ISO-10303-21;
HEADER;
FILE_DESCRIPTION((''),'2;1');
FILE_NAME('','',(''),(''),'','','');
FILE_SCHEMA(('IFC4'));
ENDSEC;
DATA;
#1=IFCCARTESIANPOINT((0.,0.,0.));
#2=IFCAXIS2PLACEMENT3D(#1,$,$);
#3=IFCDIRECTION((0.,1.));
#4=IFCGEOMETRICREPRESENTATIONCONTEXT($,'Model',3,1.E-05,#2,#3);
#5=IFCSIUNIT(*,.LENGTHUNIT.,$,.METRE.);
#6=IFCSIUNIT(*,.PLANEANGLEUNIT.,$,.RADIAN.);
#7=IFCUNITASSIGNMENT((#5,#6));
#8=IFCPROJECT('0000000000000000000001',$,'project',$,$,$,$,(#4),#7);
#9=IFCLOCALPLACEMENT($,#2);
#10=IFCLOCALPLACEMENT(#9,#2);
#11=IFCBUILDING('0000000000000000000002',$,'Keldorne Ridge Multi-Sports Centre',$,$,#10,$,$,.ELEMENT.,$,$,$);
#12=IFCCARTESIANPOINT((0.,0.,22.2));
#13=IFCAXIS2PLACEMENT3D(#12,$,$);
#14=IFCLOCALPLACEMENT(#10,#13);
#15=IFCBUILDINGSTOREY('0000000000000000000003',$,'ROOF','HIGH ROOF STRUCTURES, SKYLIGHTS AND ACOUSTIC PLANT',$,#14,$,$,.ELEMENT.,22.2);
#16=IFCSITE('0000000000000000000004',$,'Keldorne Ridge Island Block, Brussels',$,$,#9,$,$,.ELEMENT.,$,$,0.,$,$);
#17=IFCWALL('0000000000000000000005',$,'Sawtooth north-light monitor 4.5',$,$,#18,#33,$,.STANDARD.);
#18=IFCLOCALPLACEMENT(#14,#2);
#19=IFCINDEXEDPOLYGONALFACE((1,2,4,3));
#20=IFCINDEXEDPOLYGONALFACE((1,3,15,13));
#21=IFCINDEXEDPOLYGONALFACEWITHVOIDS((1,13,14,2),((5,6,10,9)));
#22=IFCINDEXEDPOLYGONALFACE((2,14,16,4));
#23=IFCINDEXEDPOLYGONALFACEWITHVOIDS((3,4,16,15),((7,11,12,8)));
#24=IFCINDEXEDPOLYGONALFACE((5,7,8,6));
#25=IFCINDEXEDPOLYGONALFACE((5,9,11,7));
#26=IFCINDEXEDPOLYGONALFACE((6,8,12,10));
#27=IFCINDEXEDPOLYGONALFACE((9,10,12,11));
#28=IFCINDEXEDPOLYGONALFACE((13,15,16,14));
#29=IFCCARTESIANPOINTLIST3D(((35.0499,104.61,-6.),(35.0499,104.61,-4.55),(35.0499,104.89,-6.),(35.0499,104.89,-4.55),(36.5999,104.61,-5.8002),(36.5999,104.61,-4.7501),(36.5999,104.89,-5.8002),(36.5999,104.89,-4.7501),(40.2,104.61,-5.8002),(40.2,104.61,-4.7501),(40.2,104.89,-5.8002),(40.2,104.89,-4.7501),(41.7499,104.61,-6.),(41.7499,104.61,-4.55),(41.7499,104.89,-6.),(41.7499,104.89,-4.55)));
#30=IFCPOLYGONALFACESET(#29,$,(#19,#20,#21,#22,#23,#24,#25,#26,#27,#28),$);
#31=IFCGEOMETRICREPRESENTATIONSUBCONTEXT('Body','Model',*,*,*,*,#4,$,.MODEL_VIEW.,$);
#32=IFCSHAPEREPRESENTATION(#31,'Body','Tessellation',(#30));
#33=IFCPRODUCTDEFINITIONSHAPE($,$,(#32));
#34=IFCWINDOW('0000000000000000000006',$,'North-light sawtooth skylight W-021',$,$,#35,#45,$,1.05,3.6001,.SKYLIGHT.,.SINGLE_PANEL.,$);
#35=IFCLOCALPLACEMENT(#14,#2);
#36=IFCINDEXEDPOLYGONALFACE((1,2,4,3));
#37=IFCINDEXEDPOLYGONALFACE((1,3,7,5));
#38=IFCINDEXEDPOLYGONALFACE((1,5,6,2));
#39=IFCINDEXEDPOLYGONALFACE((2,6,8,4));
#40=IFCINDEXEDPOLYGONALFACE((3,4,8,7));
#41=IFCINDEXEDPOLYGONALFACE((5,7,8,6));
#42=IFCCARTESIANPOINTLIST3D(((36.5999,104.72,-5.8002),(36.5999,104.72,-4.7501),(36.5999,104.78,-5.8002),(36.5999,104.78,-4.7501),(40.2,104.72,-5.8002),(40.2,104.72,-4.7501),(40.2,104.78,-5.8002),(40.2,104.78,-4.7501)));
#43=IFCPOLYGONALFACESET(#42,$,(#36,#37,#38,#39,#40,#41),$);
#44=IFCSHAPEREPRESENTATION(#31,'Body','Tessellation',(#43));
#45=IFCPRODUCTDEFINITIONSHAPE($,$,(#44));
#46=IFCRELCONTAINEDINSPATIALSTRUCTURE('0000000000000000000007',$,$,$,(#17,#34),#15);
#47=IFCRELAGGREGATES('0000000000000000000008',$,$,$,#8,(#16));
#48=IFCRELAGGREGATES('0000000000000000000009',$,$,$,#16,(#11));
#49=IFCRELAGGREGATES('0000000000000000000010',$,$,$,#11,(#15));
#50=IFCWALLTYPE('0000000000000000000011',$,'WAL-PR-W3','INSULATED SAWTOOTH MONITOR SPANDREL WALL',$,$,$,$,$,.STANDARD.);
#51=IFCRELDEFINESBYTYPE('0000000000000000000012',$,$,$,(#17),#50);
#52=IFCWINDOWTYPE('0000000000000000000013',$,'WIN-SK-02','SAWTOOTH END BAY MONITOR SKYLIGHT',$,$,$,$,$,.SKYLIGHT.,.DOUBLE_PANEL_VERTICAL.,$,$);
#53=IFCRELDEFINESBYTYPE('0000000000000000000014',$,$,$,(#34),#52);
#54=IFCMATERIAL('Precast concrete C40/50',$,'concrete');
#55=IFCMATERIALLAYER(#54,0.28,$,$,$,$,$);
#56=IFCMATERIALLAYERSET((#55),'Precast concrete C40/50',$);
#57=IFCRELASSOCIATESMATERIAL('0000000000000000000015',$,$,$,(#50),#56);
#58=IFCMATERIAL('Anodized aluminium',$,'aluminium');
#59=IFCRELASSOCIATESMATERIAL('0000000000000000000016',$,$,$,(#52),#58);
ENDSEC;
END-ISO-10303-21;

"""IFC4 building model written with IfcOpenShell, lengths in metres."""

from ifc_helpers import new_model, si_unit, direction, frame, frame_2d, origin, place, context, subcontext, project, spatial, rectangle, extrude, material, layer, layer_set, type_object, element, fill, save


model = new_model("IFC4")

# Units and contexts
model_context = context("Model", 3, precision=1e-05, world=origin(), true_north=direction((0.0, 1.0)))
body_context = subcontext(model_context, "Body", "Model", "MODEL_VIEW")
ifc_project = project(units=[si_unit("LENGTHUNIT", "METRE"), si_unit("PLANEANGLEUNIT", "RADIAN")], contexts=[model_context])

# Site, building, storey
site_placement = place(None, origin())
site = spatial("IfcSite", under=ifc_project, at=site_placement, Name="Keldorne Ridge Island Block, Brussels", CompositionType="ELEMENT", RefElevation=0.0)
building_placement = place(site_placement, origin())
building = spatial("IfcBuilding", under=site, at=building_placement, Name="Keldorne Ridge Multi-Sports Centre", CompositionType="ELEMENT")
storey_placement = place(building_placement, frame((0.0, 0.0, 22.2)))
storey = spatial("IfcBuildingStorey", under=building, at=storey_placement, Name="ROOF", Description="HIGH ROOF STRUCTURES, SKYLIGHTS AND ACOUSTIC PLANT", CompositionType="ELEMENT", Elevation=22.2)

# Wall, opening, window
ifc_material_1 = material(Name="Precast concrete C40/50", Category="concrete")
ifc_layer = layer(ifc_material_1, 0.28)
ifc_layer_set = layer_set([ifc_layer], Name="Precast concrete C40/50")
wall_type = type_object("IfcWallType", Name="WAL-PR-W3", Description="INSULATED SAWTOOTH MONITOR SPANDREL WALL", PredefinedType="STANDARD", material=ifc_layer_set)
ifc_material_2 = material(Name="Anodized aluminium", Category="aluminium")
window_type = type_object("IfcWindowType", Name="WIN-SK-02", Description="SAWTOOTH END BAY MONITOR SKYLIGHT", PartitioningType="DOUBLE_PANEL_VERTICAL", PredefinedType="SKYLIGHT", material=ifc_material_2)
wall_1_placement = place(storey_placement, frame((41.75, 104.75, -6.0), z_axis=(0.0, 0.0, 1.0), x_axis=(-1.0, 0.0, 0.0)))
wall_1 = element("IfcWall", 1, at=wall_1_placement, inside=storey, type_object=wall_type, Name="Sawtooth north-light monitor 4.5", PredefinedType="STANDARD", context=body_context, shape_type="SweptSolid", body=[
    extrude(rectangle(XDim=6.7, YDim=0.28, at=frame_2d((3.3501, 0.0))), origin(), (0.0, 0.0, 1.0), 1.45),
])
opening_1_placement = place(wall_1_placement, frame((1.55, 0.0, 0.2)))
opening_1 = element("IfcOpeningElement", 2, at=opening_1_placement, cuts=wall_1, PredefinedType="OPENING", context=body_context, shape_type="SweptSolid", body=[
    extrude(rectangle(XDim=3.6001, YDim=1.05, at=frame_2d((1.8, 0.5249))), frame((0.0, 0.1499, 0.0), z_axis=(0.0, -1.0, 0.0), x_axis=(1.0, 0.0, 0.0)), (0.0, 0.0, 1.0), 0.3),
])
window_1_placement = place(opening_1_placement, origin())
window_1 = element("IfcWindow", 3, at=window_1_placement, inside=storey, type_object=window_type, Name="North-light sawtooth skylight W-021", OverallHeight=1.05, OverallWidth=3.6001, PartitioningType="SINGLE_PANEL", PredefinedType="SKYLIGHT", context=body_context, shape_type="SweptSolid", body=[
    extrude(rectangle(XDim=3.6001, YDim=1.05, at=frame_2d((1.8, 0.5249))), frame((0.0, 0.03, 0.0), z_axis=(0.0, -1.0, 0.0), x_axis=(1.0, 0.0, 0.0)), (0.0, 0.0, 1.0), 0.0601),
])
fill(opening_1, window_1)

save(model, "model.ifc")
